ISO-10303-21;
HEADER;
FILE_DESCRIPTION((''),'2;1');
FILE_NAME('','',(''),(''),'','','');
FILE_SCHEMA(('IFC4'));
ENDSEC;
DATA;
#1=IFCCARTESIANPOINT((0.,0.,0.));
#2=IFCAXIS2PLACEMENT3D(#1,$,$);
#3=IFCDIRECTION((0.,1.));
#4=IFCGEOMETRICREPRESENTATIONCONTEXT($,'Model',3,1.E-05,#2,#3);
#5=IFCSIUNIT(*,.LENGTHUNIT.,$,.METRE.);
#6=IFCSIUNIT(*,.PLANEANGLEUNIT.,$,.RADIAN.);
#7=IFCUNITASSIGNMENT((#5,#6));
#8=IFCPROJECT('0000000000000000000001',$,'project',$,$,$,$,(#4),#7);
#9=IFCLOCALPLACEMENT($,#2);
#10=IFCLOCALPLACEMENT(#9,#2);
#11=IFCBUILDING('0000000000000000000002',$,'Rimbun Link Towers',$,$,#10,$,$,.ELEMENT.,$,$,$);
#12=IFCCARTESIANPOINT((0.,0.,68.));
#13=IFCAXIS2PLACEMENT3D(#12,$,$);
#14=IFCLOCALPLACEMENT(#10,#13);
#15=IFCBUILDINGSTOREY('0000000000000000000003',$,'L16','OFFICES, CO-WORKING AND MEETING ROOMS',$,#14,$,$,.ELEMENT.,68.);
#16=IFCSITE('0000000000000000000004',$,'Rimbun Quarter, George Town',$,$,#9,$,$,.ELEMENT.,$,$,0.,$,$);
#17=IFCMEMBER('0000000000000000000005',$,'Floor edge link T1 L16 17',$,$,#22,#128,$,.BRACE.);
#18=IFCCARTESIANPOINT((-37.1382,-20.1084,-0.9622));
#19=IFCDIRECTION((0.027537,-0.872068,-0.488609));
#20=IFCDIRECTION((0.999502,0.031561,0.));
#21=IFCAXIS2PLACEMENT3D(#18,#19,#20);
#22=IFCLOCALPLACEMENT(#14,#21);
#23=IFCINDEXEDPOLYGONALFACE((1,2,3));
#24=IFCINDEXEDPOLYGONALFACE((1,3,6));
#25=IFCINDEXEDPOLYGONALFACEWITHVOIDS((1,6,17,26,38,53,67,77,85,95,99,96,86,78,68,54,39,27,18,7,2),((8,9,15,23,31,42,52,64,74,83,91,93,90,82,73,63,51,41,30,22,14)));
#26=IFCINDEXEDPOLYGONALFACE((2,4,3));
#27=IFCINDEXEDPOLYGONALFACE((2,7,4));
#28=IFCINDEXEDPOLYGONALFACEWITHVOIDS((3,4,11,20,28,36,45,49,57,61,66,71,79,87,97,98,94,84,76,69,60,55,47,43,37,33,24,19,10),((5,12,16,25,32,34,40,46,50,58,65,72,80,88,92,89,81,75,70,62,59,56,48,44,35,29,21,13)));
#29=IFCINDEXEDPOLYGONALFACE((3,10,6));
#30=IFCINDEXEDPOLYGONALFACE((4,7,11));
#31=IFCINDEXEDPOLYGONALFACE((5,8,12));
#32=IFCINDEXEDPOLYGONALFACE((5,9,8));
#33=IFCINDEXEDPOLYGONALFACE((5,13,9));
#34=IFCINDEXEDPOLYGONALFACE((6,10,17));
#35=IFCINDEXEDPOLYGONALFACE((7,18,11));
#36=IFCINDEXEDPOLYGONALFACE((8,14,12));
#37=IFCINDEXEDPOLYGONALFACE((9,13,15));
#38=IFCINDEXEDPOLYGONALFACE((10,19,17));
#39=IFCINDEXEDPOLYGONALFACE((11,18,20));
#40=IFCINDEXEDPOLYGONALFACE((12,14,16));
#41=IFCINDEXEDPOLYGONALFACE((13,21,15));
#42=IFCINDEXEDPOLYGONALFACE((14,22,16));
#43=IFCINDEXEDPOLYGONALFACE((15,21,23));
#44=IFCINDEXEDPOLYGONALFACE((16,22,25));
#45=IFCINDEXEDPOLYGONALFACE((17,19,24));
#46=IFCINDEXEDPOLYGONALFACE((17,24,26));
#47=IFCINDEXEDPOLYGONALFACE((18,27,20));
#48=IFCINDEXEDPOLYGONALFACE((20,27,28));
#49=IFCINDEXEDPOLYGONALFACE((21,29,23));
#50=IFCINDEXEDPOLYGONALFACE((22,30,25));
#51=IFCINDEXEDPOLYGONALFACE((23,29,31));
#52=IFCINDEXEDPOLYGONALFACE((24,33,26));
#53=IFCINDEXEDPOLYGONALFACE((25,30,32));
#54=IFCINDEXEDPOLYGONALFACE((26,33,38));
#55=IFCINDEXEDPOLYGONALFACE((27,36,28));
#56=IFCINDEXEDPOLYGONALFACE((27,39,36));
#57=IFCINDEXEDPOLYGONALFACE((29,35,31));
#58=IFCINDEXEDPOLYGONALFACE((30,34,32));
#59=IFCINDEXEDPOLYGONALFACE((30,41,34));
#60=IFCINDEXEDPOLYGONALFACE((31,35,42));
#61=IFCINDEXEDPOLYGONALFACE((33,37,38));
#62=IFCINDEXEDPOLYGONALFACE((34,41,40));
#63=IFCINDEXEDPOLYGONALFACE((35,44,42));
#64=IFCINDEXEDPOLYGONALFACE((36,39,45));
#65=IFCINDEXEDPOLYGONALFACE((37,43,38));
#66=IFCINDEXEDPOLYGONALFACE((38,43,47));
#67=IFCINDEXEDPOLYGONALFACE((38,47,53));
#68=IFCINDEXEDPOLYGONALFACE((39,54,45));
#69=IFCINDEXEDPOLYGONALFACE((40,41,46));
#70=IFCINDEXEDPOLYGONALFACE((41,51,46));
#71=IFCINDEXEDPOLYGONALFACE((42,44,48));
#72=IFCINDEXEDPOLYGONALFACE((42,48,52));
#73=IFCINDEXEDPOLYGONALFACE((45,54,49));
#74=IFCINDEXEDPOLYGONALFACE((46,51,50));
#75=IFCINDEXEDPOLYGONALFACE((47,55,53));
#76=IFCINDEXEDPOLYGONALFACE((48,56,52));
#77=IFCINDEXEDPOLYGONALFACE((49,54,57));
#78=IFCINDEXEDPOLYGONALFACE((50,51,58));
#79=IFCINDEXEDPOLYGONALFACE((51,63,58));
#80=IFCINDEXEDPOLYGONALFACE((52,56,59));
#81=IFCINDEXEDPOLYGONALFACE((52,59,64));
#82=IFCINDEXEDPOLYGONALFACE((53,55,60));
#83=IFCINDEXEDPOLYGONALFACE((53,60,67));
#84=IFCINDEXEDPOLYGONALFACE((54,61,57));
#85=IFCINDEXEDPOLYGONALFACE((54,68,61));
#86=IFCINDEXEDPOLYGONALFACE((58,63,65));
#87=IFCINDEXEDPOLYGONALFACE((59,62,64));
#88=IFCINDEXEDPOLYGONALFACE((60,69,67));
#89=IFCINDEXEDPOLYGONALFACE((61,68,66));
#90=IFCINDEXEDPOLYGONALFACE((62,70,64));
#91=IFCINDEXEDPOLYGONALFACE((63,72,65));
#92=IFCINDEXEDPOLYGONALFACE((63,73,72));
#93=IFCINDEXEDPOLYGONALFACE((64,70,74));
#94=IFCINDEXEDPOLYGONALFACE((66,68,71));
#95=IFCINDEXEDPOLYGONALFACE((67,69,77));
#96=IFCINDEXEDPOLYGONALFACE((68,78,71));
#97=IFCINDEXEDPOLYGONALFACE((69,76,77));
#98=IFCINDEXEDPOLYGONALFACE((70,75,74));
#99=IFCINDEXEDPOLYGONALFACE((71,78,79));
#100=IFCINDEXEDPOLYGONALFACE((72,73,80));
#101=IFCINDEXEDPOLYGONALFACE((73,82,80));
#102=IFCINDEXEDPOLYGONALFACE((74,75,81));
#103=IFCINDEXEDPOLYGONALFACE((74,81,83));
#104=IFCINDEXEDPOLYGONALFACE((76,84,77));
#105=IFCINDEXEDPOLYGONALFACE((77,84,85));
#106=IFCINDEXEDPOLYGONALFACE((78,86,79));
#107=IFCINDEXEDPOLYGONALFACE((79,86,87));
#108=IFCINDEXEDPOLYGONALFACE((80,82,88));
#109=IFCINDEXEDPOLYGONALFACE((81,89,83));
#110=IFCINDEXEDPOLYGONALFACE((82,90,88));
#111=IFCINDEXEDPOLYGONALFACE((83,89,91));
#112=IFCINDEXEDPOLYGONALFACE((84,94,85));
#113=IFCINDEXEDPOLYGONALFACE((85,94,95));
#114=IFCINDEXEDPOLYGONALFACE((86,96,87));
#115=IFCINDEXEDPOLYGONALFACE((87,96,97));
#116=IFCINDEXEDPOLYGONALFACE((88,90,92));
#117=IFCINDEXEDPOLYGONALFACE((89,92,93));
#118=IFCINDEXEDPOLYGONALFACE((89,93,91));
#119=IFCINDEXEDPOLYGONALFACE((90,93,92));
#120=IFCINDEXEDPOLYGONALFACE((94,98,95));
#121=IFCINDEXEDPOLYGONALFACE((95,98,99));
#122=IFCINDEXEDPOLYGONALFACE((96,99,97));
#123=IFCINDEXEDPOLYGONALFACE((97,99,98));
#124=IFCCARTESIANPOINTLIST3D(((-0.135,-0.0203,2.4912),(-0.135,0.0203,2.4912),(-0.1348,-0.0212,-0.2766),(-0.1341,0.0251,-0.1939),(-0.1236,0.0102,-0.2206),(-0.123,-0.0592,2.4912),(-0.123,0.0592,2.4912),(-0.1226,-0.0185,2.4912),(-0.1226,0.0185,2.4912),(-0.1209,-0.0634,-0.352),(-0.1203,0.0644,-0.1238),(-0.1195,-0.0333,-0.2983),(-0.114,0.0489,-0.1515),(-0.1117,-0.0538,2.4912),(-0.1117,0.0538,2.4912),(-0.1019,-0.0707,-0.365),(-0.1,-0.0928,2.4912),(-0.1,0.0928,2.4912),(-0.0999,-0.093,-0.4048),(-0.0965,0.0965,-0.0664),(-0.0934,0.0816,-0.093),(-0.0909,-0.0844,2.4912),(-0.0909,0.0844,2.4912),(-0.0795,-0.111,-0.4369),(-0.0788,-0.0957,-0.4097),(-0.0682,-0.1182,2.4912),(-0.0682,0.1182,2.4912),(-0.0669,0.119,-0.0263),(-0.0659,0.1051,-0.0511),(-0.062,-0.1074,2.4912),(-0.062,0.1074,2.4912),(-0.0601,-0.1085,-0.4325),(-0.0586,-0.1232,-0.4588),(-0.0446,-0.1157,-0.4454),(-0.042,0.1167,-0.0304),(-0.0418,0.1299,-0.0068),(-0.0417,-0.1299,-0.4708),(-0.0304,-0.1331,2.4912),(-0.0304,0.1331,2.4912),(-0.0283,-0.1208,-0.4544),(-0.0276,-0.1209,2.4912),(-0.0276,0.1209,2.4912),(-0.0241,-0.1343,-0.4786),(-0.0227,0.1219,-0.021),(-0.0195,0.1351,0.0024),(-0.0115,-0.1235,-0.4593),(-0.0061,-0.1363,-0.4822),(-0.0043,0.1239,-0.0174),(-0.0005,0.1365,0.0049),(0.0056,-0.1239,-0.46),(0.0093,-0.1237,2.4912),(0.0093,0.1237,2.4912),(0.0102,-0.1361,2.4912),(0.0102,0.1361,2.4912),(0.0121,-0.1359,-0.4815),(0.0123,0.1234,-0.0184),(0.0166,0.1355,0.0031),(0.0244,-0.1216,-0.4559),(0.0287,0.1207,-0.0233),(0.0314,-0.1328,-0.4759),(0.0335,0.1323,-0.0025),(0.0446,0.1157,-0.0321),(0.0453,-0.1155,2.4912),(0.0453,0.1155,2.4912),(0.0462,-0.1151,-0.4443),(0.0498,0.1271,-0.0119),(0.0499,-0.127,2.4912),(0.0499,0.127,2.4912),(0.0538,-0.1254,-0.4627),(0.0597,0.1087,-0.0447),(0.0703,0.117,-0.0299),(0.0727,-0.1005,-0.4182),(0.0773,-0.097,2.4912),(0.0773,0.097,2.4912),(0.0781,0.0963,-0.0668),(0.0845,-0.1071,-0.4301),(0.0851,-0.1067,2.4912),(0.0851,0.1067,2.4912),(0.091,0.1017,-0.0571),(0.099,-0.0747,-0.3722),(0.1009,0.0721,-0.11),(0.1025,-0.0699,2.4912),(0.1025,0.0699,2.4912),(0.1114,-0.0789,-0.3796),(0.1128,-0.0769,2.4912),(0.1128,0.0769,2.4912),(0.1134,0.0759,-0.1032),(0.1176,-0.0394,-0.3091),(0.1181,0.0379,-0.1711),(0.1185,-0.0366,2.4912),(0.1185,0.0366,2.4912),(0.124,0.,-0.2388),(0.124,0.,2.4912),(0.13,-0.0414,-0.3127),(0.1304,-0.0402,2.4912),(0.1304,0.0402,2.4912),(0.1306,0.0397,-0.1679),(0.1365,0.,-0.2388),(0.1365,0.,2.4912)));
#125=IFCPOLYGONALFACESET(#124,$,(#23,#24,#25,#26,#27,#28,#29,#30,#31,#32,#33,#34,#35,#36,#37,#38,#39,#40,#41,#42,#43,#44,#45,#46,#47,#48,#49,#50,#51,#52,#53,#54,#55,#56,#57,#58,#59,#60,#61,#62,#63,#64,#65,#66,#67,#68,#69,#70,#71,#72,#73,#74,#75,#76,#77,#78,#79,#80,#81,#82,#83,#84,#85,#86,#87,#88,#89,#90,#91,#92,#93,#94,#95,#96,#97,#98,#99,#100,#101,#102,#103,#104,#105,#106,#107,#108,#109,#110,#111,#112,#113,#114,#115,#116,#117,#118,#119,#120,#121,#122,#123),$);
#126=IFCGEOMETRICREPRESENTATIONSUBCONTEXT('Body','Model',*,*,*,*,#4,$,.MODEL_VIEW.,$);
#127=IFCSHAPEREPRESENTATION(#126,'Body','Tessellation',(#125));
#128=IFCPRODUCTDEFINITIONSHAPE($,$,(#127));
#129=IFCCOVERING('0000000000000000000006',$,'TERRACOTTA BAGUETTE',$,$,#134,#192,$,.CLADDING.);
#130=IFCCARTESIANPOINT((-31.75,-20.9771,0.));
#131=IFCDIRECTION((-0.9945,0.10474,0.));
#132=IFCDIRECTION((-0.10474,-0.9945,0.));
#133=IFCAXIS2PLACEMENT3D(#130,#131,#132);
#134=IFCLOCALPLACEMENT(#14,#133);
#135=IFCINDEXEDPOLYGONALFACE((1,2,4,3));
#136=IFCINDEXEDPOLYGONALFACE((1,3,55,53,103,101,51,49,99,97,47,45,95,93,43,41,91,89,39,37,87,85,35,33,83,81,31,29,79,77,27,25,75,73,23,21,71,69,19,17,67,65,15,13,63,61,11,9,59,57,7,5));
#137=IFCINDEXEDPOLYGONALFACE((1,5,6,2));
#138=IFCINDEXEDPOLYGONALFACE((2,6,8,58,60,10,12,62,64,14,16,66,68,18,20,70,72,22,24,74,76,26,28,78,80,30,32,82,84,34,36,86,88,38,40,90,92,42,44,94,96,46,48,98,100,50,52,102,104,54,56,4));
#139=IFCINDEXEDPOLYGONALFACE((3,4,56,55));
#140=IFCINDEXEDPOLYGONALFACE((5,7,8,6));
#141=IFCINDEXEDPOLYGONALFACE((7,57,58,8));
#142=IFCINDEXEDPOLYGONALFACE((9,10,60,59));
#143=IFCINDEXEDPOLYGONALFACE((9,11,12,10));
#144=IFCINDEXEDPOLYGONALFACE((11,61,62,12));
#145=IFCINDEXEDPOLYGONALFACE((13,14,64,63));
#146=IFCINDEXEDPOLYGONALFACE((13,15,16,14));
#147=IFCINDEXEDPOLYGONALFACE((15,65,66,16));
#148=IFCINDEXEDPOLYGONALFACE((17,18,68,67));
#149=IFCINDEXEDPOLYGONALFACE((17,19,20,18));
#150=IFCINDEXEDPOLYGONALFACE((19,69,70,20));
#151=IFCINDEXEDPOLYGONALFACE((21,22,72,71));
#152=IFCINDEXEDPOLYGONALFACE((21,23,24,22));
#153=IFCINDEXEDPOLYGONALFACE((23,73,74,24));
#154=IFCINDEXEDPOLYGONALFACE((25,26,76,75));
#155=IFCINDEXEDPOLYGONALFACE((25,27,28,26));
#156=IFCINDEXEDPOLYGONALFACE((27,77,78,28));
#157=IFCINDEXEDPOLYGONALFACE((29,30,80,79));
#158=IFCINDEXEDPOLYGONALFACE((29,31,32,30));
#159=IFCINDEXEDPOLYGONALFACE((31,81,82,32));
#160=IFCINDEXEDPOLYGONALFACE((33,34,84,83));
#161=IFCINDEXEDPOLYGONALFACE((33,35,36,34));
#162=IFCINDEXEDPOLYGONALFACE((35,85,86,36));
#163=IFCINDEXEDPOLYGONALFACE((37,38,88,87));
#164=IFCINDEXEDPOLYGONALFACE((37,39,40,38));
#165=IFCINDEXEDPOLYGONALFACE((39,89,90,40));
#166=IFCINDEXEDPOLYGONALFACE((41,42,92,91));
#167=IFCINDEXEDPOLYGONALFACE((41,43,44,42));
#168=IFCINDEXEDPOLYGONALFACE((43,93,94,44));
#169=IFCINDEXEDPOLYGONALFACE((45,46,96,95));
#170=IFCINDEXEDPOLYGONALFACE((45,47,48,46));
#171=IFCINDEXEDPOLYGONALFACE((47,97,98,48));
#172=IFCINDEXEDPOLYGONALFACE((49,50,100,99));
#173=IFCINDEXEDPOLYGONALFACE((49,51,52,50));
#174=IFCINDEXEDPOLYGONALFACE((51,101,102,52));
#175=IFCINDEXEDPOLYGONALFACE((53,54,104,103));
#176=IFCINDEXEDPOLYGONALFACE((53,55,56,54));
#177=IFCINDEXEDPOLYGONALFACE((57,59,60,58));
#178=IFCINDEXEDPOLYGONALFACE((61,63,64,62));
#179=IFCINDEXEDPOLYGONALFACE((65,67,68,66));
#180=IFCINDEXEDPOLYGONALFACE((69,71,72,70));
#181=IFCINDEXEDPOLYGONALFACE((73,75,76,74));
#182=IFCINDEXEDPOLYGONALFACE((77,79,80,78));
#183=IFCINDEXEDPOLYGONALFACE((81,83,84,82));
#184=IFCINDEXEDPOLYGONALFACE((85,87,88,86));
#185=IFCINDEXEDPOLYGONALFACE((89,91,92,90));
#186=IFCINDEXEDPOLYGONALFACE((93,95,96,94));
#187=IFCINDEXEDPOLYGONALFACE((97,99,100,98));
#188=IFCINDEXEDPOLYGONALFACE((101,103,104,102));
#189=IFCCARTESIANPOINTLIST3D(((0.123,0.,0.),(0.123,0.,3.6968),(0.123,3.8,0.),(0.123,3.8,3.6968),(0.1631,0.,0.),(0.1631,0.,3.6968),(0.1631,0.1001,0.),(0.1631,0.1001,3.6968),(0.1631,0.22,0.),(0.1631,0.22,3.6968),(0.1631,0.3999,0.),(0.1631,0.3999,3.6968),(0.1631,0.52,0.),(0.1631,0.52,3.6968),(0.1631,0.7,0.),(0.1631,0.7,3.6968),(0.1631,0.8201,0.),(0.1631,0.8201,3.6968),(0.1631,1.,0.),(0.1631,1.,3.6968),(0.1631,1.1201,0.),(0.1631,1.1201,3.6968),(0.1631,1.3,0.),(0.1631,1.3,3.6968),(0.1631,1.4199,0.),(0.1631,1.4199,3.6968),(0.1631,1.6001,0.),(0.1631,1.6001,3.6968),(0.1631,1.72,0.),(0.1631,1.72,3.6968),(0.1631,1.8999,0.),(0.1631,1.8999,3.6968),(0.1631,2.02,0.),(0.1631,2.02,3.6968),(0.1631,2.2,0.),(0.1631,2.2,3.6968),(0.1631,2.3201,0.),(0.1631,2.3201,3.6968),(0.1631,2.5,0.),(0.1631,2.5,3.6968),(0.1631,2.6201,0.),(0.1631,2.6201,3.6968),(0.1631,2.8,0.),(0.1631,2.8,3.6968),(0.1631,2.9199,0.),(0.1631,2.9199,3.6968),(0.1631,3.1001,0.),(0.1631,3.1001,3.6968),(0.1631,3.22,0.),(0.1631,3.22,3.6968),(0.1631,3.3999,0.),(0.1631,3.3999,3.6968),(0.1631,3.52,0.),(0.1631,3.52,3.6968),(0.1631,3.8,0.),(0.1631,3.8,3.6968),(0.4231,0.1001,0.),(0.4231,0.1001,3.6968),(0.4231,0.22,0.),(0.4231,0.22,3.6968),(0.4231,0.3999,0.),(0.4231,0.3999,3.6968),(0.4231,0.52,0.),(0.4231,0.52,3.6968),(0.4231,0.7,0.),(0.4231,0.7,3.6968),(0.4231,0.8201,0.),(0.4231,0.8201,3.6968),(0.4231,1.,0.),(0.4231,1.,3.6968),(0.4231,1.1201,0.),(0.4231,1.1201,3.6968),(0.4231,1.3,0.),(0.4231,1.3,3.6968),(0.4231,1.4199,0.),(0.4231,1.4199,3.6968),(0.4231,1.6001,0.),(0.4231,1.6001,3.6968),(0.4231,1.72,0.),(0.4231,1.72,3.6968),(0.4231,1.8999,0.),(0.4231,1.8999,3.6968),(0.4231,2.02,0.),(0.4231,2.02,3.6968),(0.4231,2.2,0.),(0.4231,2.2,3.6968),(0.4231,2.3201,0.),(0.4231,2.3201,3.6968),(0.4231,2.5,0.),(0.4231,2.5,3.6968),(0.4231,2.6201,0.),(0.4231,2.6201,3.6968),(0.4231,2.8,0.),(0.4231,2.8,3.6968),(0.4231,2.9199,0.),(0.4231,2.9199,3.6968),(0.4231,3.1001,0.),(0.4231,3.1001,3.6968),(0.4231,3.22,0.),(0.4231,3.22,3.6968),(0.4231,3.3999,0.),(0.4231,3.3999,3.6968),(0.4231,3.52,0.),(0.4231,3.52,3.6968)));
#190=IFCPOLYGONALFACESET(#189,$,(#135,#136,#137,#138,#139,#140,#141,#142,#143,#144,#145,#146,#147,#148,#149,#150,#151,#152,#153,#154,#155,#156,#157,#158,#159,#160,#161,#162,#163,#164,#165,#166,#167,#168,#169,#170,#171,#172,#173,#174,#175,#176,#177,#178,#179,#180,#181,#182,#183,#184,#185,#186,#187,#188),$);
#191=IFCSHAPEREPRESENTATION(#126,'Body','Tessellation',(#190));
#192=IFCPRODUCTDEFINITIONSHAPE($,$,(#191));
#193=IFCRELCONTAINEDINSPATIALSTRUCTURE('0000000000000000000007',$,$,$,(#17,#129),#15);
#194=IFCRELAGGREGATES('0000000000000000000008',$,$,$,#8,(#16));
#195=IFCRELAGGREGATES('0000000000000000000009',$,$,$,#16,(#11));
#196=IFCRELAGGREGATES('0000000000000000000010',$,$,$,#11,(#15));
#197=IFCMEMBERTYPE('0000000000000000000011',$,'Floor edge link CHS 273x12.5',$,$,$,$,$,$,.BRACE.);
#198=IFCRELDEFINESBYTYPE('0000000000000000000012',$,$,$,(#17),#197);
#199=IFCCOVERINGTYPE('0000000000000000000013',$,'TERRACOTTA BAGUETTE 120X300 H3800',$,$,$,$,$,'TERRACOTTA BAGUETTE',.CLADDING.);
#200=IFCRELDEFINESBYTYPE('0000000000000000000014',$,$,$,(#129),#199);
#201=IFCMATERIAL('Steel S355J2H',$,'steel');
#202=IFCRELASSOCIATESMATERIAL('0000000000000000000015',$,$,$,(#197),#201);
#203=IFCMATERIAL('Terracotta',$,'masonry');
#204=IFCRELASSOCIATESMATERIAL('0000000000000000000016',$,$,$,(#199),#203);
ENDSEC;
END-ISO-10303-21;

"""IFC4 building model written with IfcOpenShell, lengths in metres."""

from ifc_helpers import new_model, si_unit, direction, frame, origin, origin_2d, place, context, subcontext, project, spatial, polyline, hollow_circle, outline, extrude, clip, halfspace, material, material_profile, profile_set, type_object, element, save


model = new_model("IFC4")

# Units and contexts
model_context = context("Model", 3, precision=1e-05, world=origin(), true_north=direction((0.0, 1.0)))
body_context = subcontext(model_context, "Body", "Model", "MODEL_VIEW")
ifc_project = project(units=[si_unit("LENGTHUNIT", "METRE"), si_unit("PLANEANGLEUNIT", "RADIAN")], contexts=[model_context])

# Site, building, storey
site_placement = place(None, origin())
site = spatial("IfcSite", under=ifc_project, at=site_placement, Name="Rimbun Quarter, George Town", CompositionType="ELEMENT", RefElevation=0.0)
building_placement = place(site_placement, origin())
building = spatial("IfcBuilding", under=site, at=building_placement, Name="Rimbun Link Towers", CompositionType="ELEMENT")
storey_placement = place(building_placement, frame((0.0, 0.0, 68.0)))
storey = spatial("IfcBuildingStorey", under=building, at=storey_placement, Name="L16", Description="OFFICES, CO-WORKING AND MEETING ROOMS", CompositionType="ELEMENT", Elevation=68.0)

# Member
ifc_material_1 = material(Name="Steel S355J2H", Category="steel")
ifc_material_profile_1 = material_profile(ifc_material_1, hollow_circle(Radius=0.1365, WallThickness=0.0125, at=origin_2d()), Name="CHS 273x12.5")
ifc_profile_set_1 = profile_set([ifc_material_profile_1], Name="Steel S355J2H")
member_type_1 = type_object("IfcMemberType", Name="Floor edge link CHS 273x12.5", PredefinedType="BRACE", material=ifc_profile_set_1)
member_1_placement = place(storey_placement, frame((-37.1382, -20.1084, -0.9622), z_axis=(0.027537, -0.872068, -0.488609), x_axis=(0.999502, 0.031561, 0.0)))
element("IfcMember", 1, at=member_1_placement, inside=storey, type_object=member_type_1, Name="Floor edge link T1 L16 17", PredefinedType="BRACE", context=body_context, shape_type="Clipping", body=[
    clip(extrude(hollow_circle(Radius=0.1365, WallThickness=0.0125, at=origin_2d()), frame((0.0, 0.0, -0.5081)), (0.0, 0.0, 1.0), 2.9993), halfspace(frame((0.0, 0.0, -0.2388), z_axis=(0.0, 0.872503, -0.488609)), False)),
])

# Covering
ifc_material_2 = material(Name="Terracotta", Category="masonry")
ifc_material_profile_2 = material_profile(ifc_material_2, outline(polyline([(0.123, 0.0), (0.1631, 0.0), (0.1631, 0.1001), (0.4231, 0.1001), (0.4231, 0.22), (0.1631, 0.22), (0.1631, 0.3999), (0.4231, 0.3999), (0.4231, 0.52), (0.1631, 0.52), (0.1631, 0.7), (0.4231, 0.7), (0.4231, 0.8201), (0.1631, 0.8201), (0.1631, 1.0), (0.4231, 1.0), (0.4231, 1.1201), (0.1631, 1.1201), (0.1631, 1.3), (0.4231, 1.3), (0.4231, 1.4199), (0.1631, 1.4199), (0.1631, 1.6001), (0.4231, 1.6001), (0.4231, 1.72), (0.1631, 1.72), (0.1631, 1.8999), (0.4231, 1.8999), (0.4231, 2.02), (0.1631, 2.02), (0.1631, 2.2), (0.4231, 2.2), (0.4231, 2.3201), (0.1631, 2.3201), (0.1631, 2.5), (0.4231, 2.5), (0.4231, 2.6201), (0.1631, 2.6201), (0.1631, 2.8), (0.4231, 2.8), (0.4231, 2.9199), (0.1631, 2.9199), (0.1631, 3.1001), (0.4231, 3.1001), (0.4231, 3.22), (0.1631, 3.22), (0.1631, 3.3999), (0.4231, 3.3999), (0.4231, 3.52), (0.1631, 3.52), (0.1631, 3.8), (0.123, 3.8), (0.123, 0.0)])), Name="BAGUETTE 120X300")
ifc_profile_set_2 = profile_set([ifc_material_profile_2], Name="Terracotta")
covering_type = type_object("IfcCoveringType", Name="TERRACOTTA BAGUETTE 120X300 H3800", ElementType="TERRACOTTA BAGUETTE", PredefinedType="CLADDING", material=ifc_profile_set_2)
for number, where, z_axis, x_axis, name in (
    (2, (-31.75, -20.9771, 0.0), (-0.9945, 0.10474, 0.0), (-0.10474, -0.9945, 0.0), "TERRACOTTA BAGUETTE"),
):
    element("IfcCovering", number, at=place(storey_placement, frame(where, z_axis=z_axis, x_axis=x_axis)), inside=storey, type_object=covering_type, Name=name, PredefinedType="CLADDING", context=body_context, shape_type="SweptSolid", body=[
        extrude(outline(polyline([(0.123, 0.0), (0.1631, 0.0), (0.1631, 0.1001), (0.4231, 0.1001), (0.4231, 0.22), (0.1631, 0.22), (0.1631, 0.3999), (0.4231, 0.3999), (0.4231, 0.52), (0.1631, 0.52), (0.1631, 0.7), (0.4231, 0.7), (0.4231, 0.8201), (0.1631, 0.8201), (0.1631, 1.0), (0.4231, 1.0), (0.4231, 1.1201), (0.1631, 1.1201), (0.1631, 1.3), (0.4231, 1.3), (0.4231, 1.4199), (0.1631, 1.4199), (0.1631, 1.6001), (0.4231, 1.6001), (0.4231, 1.72), (0.1631, 1.72), (0.1631, 1.8999), (0.4231, 1.8999), (0.4231, 2.02), (0.1631, 2.02), (0.1631, 2.2), (0.4231, 2.2), (0.4231, 2.3201), (0.1631, 2.3201), (0.1631, 2.5), (0.4231, 2.5), (0.4231, 2.6201), (0.1631, 2.6201), (0.1631, 2.8), (0.4231, 2.8), (0.4231, 2.9199), (0.1631, 2.9199), (0.1631, 3.1001), (0.4231, 3.1001), (0.4231, 3.22), (0.1631, 3.22), (0.1631, 3.3999), (0.4231, 3.3999), (0.4231, 3.52), (0.1631, 3.52), (0.1631, 3.8), (0.123, 3.8), (0.123, 0.0)])), origin(), (0.0, 0.0, 1.0), 3.6968),
    ])

save(model, "model.ifc")
